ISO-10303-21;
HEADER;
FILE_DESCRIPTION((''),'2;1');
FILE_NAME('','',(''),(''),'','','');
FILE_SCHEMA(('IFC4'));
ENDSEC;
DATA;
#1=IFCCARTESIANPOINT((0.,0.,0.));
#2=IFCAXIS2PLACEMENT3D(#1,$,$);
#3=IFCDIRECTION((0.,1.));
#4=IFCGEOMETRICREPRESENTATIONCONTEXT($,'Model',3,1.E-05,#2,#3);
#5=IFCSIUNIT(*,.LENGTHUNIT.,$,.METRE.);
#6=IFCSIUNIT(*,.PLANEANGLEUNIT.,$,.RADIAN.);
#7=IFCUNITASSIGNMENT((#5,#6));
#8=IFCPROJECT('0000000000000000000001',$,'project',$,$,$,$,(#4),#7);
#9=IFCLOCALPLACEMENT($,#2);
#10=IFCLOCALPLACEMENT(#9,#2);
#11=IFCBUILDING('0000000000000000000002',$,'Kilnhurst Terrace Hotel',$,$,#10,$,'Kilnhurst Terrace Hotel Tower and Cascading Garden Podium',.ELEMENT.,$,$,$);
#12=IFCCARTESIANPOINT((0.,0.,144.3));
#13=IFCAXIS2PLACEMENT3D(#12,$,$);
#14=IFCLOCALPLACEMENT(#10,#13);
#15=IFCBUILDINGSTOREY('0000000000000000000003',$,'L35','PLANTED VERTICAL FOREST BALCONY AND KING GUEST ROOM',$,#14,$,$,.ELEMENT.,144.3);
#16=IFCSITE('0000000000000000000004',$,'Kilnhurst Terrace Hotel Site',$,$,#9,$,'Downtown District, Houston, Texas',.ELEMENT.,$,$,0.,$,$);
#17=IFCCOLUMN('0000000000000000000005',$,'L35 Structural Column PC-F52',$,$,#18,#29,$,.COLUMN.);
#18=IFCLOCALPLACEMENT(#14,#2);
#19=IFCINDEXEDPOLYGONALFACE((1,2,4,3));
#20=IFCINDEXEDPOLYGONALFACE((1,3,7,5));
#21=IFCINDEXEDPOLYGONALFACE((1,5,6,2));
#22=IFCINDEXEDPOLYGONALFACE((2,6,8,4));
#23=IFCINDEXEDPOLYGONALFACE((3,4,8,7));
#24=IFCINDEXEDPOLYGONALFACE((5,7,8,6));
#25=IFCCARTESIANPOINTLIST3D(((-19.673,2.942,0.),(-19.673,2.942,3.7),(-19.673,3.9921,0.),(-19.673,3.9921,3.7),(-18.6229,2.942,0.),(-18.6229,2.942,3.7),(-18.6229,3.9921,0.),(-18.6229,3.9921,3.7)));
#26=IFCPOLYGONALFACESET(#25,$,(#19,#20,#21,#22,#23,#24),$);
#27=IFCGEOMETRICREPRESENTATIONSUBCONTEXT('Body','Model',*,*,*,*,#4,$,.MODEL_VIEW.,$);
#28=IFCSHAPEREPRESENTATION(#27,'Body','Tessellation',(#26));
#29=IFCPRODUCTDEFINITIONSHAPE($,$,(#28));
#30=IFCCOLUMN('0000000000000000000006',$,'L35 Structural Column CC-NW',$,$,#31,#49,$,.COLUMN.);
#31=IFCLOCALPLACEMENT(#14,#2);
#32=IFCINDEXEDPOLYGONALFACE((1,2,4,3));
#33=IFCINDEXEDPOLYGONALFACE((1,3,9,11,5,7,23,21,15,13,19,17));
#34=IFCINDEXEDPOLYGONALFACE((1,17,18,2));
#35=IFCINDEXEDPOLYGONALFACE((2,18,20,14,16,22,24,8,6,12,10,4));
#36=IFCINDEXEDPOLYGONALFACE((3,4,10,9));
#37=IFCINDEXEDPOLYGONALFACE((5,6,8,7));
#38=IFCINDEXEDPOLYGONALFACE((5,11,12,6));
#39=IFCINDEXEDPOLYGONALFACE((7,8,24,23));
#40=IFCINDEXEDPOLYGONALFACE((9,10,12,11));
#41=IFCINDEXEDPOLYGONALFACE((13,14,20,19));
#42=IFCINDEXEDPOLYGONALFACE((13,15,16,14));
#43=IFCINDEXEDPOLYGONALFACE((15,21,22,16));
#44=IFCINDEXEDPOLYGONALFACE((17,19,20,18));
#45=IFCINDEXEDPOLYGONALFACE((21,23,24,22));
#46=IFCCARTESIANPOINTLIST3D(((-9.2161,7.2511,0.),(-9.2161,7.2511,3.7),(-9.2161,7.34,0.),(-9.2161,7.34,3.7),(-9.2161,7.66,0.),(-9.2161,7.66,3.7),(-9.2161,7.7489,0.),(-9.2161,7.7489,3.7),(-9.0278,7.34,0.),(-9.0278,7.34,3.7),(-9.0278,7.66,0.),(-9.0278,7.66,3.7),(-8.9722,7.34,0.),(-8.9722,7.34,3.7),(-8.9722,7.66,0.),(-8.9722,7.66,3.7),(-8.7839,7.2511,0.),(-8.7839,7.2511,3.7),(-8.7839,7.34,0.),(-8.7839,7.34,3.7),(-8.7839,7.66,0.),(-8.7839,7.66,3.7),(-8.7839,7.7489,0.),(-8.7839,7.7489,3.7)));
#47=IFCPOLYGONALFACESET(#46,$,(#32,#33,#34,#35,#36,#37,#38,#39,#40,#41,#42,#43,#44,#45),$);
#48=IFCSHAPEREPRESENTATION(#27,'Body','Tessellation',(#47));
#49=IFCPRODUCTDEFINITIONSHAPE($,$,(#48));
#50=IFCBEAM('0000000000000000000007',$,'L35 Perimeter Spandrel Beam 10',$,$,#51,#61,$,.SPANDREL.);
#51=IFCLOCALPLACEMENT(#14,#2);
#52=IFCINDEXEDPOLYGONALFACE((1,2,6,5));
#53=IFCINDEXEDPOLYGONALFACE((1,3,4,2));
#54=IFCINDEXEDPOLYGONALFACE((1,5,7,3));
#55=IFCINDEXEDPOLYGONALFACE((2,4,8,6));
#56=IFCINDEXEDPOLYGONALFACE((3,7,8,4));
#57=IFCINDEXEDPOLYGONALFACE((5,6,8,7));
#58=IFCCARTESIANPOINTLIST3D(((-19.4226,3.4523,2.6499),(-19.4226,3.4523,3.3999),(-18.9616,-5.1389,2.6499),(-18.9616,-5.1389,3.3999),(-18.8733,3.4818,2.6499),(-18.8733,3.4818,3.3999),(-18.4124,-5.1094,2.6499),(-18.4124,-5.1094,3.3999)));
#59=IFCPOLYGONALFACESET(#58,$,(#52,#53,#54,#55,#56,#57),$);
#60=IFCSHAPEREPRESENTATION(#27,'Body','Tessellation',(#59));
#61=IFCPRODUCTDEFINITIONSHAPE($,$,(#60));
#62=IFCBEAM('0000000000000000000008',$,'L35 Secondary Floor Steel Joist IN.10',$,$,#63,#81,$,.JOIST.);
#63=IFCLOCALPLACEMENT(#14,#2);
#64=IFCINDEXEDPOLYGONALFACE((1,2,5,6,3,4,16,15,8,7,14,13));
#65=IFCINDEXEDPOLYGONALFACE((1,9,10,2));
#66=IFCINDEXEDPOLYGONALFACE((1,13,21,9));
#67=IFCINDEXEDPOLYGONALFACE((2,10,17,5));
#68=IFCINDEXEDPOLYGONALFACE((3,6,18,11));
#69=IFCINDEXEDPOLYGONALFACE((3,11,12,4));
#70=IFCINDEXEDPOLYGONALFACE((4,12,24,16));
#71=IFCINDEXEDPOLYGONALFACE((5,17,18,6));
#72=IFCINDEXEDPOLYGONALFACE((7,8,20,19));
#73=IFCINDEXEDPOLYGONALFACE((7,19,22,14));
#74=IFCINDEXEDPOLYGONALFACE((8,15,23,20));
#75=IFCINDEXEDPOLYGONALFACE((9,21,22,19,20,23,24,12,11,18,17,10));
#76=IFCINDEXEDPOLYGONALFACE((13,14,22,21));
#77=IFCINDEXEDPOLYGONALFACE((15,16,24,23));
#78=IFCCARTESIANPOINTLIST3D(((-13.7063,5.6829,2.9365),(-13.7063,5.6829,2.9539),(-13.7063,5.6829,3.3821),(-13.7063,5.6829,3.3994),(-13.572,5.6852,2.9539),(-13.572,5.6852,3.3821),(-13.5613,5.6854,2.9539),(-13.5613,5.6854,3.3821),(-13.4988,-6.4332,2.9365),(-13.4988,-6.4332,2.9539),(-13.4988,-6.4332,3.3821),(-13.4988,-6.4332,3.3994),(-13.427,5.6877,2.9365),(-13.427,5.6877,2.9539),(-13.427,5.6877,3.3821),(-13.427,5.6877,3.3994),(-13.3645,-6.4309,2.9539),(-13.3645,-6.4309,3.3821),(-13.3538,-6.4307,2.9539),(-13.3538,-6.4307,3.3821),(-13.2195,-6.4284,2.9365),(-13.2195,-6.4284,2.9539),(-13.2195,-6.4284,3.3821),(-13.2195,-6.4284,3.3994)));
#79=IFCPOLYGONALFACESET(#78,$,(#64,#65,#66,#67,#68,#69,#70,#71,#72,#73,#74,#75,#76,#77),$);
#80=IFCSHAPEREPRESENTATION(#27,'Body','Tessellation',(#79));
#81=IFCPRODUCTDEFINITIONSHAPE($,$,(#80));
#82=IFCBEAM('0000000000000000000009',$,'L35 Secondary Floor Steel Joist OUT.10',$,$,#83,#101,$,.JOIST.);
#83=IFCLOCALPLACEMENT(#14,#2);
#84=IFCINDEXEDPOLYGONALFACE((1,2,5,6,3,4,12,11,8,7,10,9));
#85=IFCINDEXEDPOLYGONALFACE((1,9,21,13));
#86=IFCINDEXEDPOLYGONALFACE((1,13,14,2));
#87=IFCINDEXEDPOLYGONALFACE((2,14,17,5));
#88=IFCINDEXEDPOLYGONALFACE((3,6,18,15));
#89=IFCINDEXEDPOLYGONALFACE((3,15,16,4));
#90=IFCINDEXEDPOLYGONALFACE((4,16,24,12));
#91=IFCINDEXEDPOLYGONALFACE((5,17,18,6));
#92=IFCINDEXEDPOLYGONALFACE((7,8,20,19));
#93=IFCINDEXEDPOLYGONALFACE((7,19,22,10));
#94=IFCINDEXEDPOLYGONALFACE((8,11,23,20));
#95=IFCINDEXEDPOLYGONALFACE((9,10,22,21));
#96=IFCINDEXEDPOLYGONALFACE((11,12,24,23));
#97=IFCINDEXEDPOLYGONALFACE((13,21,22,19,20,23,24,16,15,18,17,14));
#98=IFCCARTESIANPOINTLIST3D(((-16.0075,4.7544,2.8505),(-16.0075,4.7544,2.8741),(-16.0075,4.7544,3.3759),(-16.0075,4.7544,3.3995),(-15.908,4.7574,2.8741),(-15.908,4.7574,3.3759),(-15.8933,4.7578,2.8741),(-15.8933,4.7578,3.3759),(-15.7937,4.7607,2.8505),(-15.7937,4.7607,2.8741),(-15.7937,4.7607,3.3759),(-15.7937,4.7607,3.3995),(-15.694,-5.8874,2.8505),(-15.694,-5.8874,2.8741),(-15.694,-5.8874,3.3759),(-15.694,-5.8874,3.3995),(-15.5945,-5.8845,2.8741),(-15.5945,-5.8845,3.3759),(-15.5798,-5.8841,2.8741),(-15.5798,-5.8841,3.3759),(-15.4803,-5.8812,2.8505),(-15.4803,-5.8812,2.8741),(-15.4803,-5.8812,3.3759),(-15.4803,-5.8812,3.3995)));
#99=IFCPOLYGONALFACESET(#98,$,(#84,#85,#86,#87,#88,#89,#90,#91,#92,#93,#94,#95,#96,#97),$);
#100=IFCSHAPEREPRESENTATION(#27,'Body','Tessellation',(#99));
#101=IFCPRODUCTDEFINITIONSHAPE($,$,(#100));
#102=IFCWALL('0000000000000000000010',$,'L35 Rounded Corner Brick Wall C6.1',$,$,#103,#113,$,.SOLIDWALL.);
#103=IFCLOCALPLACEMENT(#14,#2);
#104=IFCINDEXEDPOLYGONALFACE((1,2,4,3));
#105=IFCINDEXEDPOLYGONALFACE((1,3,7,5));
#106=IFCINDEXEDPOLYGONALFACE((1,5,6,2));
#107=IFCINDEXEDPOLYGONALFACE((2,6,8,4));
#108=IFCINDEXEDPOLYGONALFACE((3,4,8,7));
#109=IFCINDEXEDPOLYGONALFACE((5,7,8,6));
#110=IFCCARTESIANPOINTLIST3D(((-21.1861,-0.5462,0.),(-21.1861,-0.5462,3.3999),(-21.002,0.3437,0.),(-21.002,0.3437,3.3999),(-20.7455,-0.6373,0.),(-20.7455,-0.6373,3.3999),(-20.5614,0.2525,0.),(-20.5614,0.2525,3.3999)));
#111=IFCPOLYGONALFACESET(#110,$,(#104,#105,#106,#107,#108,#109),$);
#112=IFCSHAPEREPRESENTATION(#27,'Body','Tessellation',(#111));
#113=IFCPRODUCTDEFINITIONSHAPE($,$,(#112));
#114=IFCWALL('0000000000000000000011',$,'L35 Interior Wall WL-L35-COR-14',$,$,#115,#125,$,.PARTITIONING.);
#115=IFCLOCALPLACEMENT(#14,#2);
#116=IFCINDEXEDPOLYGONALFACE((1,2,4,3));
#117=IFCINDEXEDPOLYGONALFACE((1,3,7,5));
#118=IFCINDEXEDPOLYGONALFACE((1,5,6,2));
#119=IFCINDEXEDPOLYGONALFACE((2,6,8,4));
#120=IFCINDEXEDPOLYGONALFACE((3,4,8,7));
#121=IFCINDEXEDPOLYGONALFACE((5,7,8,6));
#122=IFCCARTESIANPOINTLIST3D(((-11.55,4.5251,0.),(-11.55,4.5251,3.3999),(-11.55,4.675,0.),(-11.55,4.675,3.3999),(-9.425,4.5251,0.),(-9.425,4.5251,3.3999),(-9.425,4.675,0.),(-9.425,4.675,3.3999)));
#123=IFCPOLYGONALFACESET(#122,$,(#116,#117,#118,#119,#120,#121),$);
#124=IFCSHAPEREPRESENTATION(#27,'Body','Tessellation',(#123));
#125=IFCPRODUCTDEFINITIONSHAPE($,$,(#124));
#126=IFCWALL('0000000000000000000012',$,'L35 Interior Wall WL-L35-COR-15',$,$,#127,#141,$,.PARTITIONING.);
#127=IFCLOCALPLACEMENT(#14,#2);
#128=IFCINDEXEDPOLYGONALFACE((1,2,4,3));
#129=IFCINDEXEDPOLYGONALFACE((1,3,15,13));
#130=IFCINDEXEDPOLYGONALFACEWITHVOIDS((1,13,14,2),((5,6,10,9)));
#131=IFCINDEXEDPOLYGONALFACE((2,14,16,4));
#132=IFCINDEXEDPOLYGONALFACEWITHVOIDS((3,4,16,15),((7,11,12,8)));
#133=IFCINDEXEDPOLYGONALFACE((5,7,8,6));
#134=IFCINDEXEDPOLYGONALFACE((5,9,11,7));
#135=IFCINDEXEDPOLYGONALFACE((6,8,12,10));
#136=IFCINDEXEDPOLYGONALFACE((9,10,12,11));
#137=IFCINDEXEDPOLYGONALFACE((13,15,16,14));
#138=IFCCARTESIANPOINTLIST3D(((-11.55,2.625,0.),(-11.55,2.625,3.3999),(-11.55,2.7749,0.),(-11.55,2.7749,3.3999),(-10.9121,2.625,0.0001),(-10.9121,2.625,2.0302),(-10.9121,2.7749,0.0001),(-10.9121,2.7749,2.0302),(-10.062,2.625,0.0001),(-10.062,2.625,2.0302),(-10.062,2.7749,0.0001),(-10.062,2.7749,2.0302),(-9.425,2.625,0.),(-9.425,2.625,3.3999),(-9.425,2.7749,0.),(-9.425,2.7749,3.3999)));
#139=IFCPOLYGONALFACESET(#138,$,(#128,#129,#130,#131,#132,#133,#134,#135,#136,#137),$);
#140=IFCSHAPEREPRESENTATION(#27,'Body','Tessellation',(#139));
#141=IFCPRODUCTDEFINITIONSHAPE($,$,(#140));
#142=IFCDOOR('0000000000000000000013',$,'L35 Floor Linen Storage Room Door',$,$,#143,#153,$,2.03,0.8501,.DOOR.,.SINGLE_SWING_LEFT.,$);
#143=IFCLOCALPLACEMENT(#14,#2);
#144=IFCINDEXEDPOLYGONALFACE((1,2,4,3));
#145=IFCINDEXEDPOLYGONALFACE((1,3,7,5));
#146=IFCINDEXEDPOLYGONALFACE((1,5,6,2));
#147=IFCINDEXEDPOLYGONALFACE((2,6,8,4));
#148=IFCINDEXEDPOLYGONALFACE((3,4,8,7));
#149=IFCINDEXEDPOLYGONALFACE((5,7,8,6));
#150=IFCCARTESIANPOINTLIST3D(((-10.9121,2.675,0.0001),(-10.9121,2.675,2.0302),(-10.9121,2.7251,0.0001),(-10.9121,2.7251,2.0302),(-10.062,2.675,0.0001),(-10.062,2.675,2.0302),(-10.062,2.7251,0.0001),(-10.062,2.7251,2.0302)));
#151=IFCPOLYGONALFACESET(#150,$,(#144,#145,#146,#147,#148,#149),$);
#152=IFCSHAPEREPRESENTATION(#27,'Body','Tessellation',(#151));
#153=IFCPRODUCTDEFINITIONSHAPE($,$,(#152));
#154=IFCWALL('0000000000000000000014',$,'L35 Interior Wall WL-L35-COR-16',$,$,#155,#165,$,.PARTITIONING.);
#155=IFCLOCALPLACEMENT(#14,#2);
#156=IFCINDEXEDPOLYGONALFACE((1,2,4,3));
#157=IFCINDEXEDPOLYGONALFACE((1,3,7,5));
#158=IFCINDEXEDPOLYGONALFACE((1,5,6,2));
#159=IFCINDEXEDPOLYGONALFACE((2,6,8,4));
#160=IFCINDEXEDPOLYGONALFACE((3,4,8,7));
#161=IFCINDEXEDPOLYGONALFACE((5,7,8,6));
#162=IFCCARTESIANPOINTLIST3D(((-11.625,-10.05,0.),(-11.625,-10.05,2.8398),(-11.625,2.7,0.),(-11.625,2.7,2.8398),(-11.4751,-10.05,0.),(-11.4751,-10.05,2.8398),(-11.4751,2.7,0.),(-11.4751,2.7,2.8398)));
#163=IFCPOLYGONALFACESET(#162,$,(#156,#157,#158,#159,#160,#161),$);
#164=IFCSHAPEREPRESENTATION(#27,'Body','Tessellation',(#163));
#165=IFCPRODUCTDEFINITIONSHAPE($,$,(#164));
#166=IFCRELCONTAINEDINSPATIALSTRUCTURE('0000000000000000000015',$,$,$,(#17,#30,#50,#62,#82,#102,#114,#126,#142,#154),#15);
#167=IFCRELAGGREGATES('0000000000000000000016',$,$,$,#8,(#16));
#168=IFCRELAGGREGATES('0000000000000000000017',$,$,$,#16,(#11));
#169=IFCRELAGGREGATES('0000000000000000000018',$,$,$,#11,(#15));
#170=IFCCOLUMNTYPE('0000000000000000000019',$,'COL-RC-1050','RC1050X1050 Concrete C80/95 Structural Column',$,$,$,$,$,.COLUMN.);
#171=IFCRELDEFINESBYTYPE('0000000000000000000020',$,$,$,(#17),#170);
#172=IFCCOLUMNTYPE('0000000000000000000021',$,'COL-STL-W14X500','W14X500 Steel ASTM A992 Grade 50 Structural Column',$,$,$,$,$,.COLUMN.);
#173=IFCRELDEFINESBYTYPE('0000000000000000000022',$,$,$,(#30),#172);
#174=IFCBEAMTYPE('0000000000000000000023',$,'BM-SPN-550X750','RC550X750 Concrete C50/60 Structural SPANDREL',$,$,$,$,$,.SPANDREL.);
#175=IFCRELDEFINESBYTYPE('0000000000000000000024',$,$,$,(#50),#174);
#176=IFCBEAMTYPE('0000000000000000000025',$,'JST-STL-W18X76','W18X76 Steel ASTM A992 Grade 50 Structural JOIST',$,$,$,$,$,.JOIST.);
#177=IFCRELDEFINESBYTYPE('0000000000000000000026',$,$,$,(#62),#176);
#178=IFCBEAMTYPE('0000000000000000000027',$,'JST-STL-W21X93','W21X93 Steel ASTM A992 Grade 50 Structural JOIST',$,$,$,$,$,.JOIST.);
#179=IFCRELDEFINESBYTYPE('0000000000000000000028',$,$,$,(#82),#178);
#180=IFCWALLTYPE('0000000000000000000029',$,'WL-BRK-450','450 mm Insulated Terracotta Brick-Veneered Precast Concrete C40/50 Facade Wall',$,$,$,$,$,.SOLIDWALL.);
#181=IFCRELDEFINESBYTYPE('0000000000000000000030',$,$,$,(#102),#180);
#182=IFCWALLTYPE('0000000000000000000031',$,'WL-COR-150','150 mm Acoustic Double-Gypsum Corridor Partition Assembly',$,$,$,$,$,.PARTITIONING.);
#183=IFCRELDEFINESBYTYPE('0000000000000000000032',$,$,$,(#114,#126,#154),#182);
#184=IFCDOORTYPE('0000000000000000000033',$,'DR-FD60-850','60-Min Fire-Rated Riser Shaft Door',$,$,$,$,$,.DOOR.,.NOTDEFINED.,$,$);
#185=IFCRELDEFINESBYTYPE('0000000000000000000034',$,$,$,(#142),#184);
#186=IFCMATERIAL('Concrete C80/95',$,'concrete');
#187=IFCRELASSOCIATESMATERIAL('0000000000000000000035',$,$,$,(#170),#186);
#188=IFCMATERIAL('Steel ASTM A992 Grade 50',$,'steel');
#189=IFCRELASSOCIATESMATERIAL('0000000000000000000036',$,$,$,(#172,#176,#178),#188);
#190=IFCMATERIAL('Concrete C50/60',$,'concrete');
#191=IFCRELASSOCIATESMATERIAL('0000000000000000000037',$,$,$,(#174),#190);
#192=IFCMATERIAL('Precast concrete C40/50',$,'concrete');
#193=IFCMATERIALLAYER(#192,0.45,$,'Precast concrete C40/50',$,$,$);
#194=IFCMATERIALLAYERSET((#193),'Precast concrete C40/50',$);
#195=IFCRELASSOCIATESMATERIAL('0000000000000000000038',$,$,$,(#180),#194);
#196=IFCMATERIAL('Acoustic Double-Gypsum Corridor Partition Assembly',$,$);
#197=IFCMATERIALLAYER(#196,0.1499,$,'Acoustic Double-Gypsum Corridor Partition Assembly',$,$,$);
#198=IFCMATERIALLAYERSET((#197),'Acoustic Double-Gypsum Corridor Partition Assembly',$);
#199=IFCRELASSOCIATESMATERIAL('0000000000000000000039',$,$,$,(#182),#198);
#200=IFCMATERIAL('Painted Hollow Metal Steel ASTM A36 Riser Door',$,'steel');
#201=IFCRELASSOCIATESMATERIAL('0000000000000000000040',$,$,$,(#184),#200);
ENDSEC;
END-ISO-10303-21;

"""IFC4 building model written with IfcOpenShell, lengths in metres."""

from ifc_helpers import new_model, si_unit, direction, frame, frame_2d, origin, origin_2d, place, context, subcontext, project, spatial, rectangle, i_section, extrude, material, layer, layer_set, material_profile, profile_set, type_object, element, fill, save


model = new_model("IFC4")

# Units and contexts
model_context = context("Model", 3, precision=1e-05, world=origin(), true_north=direction((0.0, 1.0)))
body_context = subcontext(model_context, "Body", "Model", "MODEL_VIEW")
ifc_project = project(units=[si_unit("LENGTHUNIT", "METRE"), si_unit("PLANEANGLEUNIT", "RADIAN")], contexts=[model_context])

# Site, building, storey
site_placement = place(None, origin())
site = spatial("IfcSite", under=ifc_project, at=site_placement, Name="Kilnhurst Terrace Hotel Site", LongName="Downtown District, Houston, Texas", CompositionType="ELEMENT", RefElevation=0.0)
building_placement = place(site_placement, origin())
building = spatial("IfcBuilding", under=site, at=building_placement, Name="Kilnhurst Terrace Hotel", LongName="Kilnhurst Terrace Hotel Tower and Cascading Garden Podium", CompositionType="ELEMENT")
storey_placement = place(building_placement, frame((0.0, 0.0, 144.3)))
storey = spatial("IfcBuildingStorey", under=building, at=storey_placement, Name="L35", Description="PLANTED VERTICAL FOREST BALCONY AND KING GUEST ROOM", CompositionType="ELEMENT", Elevation=144.3)

# Columns
ifc_material_1 = material(Name="Concrete C80/95", Category="concrete")
ifc_material_profile_1 = material_profile(ifc_material_1, rectangle(XDim=1.05, YDim=1.05, at=origin_2d()), Name="RC1050X1050")
ifc_profile_set_1 = profile_set([ifc_material_profile_1], Name="Concrete C80/95")
column_type_1 = type_object("IfcColumnType", Name="COL-RC-1050", Description="RC1050X1050 Concrete C80/95 Structural Column", PredefinedType="COLUMN", material=ifc_profile_set_1)
column_1_placement = place(storey_placement, frame((-19.1479, 3.467, 0.0), z_axis=(0.0, 0.0, 1.0), x_axis=(1.0, 0.0, 0.0)))
element("IfcColumn", 1, at=column_1_placement, inside=storey, type_object=column_type_1, Name="L35 Structural Column PC-F52", PredefinedType="COLUMN", context=body_context, shape_type="SweptSolid", body=[
    extrude(rectangle(XDim=1.05, YDim=1.05, at=origin_2d()), origin(), (0.0, 0.0, 1.0), 3.7),
])
ifc_material_2 = material(Name="Steel ASTM A992 Grade 50", Category="steel")
ifc_material_profile_2 = material_profile(ifc_material_2, i_section(OverallWidth=0.4321, OverallDepth=0.4978, WebThickness=0.0557, FlangeThickness=0.0889, at=origin_2d()), Name="W14X500")
ifc_profile_set_2 = profile_set([ifc_material_profile_2], Name="Steel ASTM A992 Grade 50")
column_type_2 = type_object("IfcColumnType", Name="COL-STL-W14X500", Description="W14X500 Steel ASTM A992 Grade 50 Structural Column", PredefinedType="COLUMN", material=ifc_profile_set_2)
column_2_placement = place(storey_placement, frame((-9.0, 7.5, 0.0), z_axis=(0.0, 0.0, 1.0), x_axis=(1.0, 0.0, 0.0)))
element("IfcColumn", 2, at=column_2_placement, inside=storey, type_object=column_type_2, Name="L35 Structural Column CC-NW", PredefinedType="COLUMN", context=body_context, shape_type="SweptSolid", body=[
    extrude(i_section(OverallWidth=0.4321, OverallDepth=0.4978, WebThickness=0.0557, FlangeThickness=0.0889, at=origin_2d()), origin(), (0.0, 0.0, 1.0), 3.7),
])

# Beams
ifc_material_3 = material(Name="Concrete C50/60", Category="concrete")
ifc_material_profile_3 = material_profile(ifc_material_3, rectangle(XDim=0.55, YDim=0.75, at=origin_2d()), Name="RC550X750")
ifc_profile_set_3 = profile_set([ifc_material_profile_3], Name="Concrete C50/60")
beam_type_1 = type_object("IfcBeamType", Name="BM-SPN-550X750", Description="RC550X750 Concrete C50/60 Structural SPANDREL", PredefinedType="SPANDREL", material=ifc_profile_set_3)
beam_1_placement = place(storey_placement, frame((-19.1479, 3.467, 3.0249), z_axis=(0.053576, -0.998564, 0.0), x_axis=(0.998564, 0.053576, 0.0)))
element("IfcBeam", 3, at=beam_1_placement, inside=storey, type_object=beam_type_1, Name="L35 Perimeter Spandrel Beam 10", PredefinedType="SPANDREL", context=body_context, shape_type="SweptSolid", body=[
    extrude(rectangle(XDim=0.55, YDim=0.75, at=origin_2d()), origin(), (0.0, 0.0, 1.0), 8.6035),
])
ifc_material_profile_4 = material_profile(ifc_material_2, i_section(OverallWidth=0.2793, OverallDepth=0.4629, WebThickness=0.0107, FlangeThickness=0.0173, at=origin_2d()), Name="W18X76")
ifc_profile_set_4 = profile_set([ifc_material_profile_4], Name="Steel ASTM A992 Grade 50")
beam_type_2 = type_object("IfcBeamType", Name="JST-STL-W18X76", Description="W18X76 Steel ASTM A992 Grade 50 Structural JOIST", PredefinedType="JOIST", material=ifc_profile_set_4)
beam_2_placement = place(storey_placement, frame((-13.5667, 5.6853, 3.168), z_axis=(0.017125, -0.999853, 0.0), x_axis=(0.999853, 0.017125, 0.0)))
element("IfcBeam", 4, at=beam_2_placement, inside=storey, type_object=beam_type_2, Name="L35 Secondary Floor Steel Joist IN.10", PredefinedType="JOIST", context=body_context, shape_type="SweptSolid", body=[
    extrude(i_section(OverallWidth=0.2793, OverallDepth=0.4629, WebThickness=0.0107, FlangeThickness=0.0173, at=origin_2d()), origin(), (0.0, 0.0, 1.0), 12.1179),
])
ifc_material_profile_5 = material_profile(ifc_material_2, i_section(OverallWidth=0.2139, OverallDepth=0.5491, WebThickness=0.0146, FlangeThickness=0.0237, at=origin_2d()), Name="W21X93")
ifc_profile_set_5 = profile_set([ifc_material_profile_5], Name="Steel ASTM A992 Grade 50")
beam_type_3 = type_object("IfcBeamType", Name="JST-STL-W21X93", Description="W21X93 Steel ASTM A992 Grade 50 Structural JOIST", PredefinedType="JOIST", material=ifc_profile_set_5)
beam_3_placement = place(storey_placement, frame((-15.9006, 4.7576, 3.125), z_axis=(0.029444, -0.999566, 0.0), x_axis=(0.999566, 0.029444, 0.0)))
element("IfcBeam", 5, at=beam_3_placement, inside=storey, type_object=beam_type_3, Name="L35 Secondary Floor Steel Joist OUT.10", PredefinedType="JOIST", context=body_context, shape_type="SweptSolid", body=[
    extrude(i_section(OverallWidth=0.2139, OverallDepth=0.5491, WebThickness=0.0146, FlangeThickness=0.0237, at=origin_2d()), origin(), (0.0, 0.0, 1.0), 10.6465),
])

# Walls
ifc_material_4 = material(Name="Precast concrete C40/50", Category="concrete")
ifc_layer_1 = layer(ifc_material_4, 0.45, Name="Precast concrete C40/50")
ifc_layer_set_1 = layer_set([ifc_layer_1], Name="Precast concrete C40/50")
wall_type_1 = type_object("IfcWallType", Name="WL-BRK-450", Description="450 mm Insulated Terracotta Brick-Veneered Precast Concrete C40/50 Facade Wall", PredefinedType="SOLIDWALL", material=ifc_layer_set_1)
wall_1_placement = place(storey_placement, frame((-20.7817, 0.2981, 0.0), z_axis=(0.0, 0.0, 1.0), x_axis=(-0.20257, -0.979268, 0.0)))
element("IfcWall", 6, at=wall_1_placement, inside=storey, type_object=wall_type_1, Name="L35 Rounded Corner Brick Wall C6.1", PredefinedType="SOLIDWALL", context=body_context, shape_type="SweptSolid", body=[
    extrude(rectangle(XDim=0.9087, YDim=0.45, at=frame_2d((0.4543, 0.0))), origin(), (0.0, 0.0, 1.0), 3.3999),
])
ifc_material_5 = material(Name="Acoustic Double-Gypsum Corridor Partition Assembly")
ifc_layer_2 = layer(ifc_material_5, 0.1499, Name="Acoustic Double-Gypsum Corridor Partition Assembly")
ifc_layer_set_2 = layer_set([ifc_layer_2], Name="Acoustic Double-Gypsum Corridor Partition Assembly")
wall_type_2 = type_object("IfcWallType", Name="WL-COR-150", Description="150 mm Acoustic Double-Gypsum Corridor Partition Assembly", PredefinedType="PARTITIONING", material=ifc_layer_set_2)
wall_2_placement = place(storey_placement, frame((-11.55, 4.6001, 0.0), z_axis=(0.0, 0.0, 1.0), x_axis=(1.0, 0.0, 0.0)))
element("IfcWall", 7, at=wall_2_placement, inside=storey, type_object=wall_type_2, Name="L35 Interior Wall WL-L35-COR-14", PredefinedType="PARTITIONING", context=body_context, shape_type="SweptSolid", body=[
    extrude(rectangle(XDim=2.125, YDim=0.1499, at=frame_2d((1.0625, 0.0))), origin(), (0.0, 0.0, 1.0), 3.3999),
])

# Wall, opening, door
wall_3_placement = place(storey_placement, frame((-9.425, 2.7, 0.0), z_axis=(0.0, 0.0, 1.0), x_axis=(-1.0, 0.0, 0.0)))
wall_3 = element("IfcWall", 8, at=wall_3_placement, inside=storey, type_object=wall_type_2, Name="L35 Interior Wall WL-L35-COR-15", PredefinedType="PARTITIONING", context=body_context, shape_type="SweptSolid", body=[
    extrude(rectangle(XDim=2.125, YDim=0.1499, at=frame_2d((1.0625, 0.0))), origin(), (0.0, 0.0, 1.0), 3.3999),
])
opening_1_placement = place(wall_3_placement, frame((0.637, 0.0, 0.0)))
opening_1 = element("IfcOpeningElement", 9, at=opening_1_placement, cuts=wall_3, PredefinedType="OPENING", context=body_context, shape_type="SweptSolid", body=[
    extrude(rectangle(XDim=0.8501, YDim=2.03, at=frame_2d((0.425, 1.0151))), frame((0.0, 0.085, 0.0), z_axis=(0.0, -1.0, 0.0), x_axis=(1.0, 0.0, 0.0)), (0.0, 0.0, 1.0), 0.1699),
])
ifc_material_6 = material(Name="Painted Hollow Metal Steel ASTM A36 Riser Door", Category="steel")
door_type_1 = type_object("IfcDoorType", Name="DR-FD60-850", Description="60-Min Fire-Rated Riser Shaft Door", OperationType="NOTDEFINED", PredefinedType="DOOR", material=ifc_material_6)
door_1_placement = place(opening_1_placement, origin())
door_1 = element("IfcDoor", 10, at=door_1_placement, inside=storey, type_object=door_type_1, Name="L35 Floor Linen Storage Room Door", OperationType="SINGLE_SWING_LEFT", OverallHeight=2.03, OverallWidth=0.8501, PredefinedType="DOOR", context=body_context, shape_type="SweptSolid", body=[
    extrude(rectangle(XDim=0.8501, YDim=2.03, at=frame_2d((0.425, 1.0151))), frame((0.0, 0.0249, 0.0), z_axis=(0.0, -1.0, 0.0), x_axis=(1.0, 0.0, 0.0)), (0.0, 0.0, 1.0), 0.05),
])
fill(opening_1, door_1)

# Wall
wall_4_placement = place(storey_placement, frame((-11.55, 2.7, 0.0), z_axis=(0.0, 0.0, 1.0), x_axis=(0.0, -1.0, 0.0)))
element("IfcWall", 11, at=wall_4_placement, inside=storey, type_object=wall_type_2, Name="L35 Interior Wall WL-L35-COR-16", PredefinedType="PARTITIONING", context=body_context, shape_type="SweptSolid", body=[
    extrude(rectangle(XDim=12.75, YDim=0.1499, at=frame_2d((6.375, 0.0))), origin(), (0.0, 0.0, 1.0), 2.8398),
])

save(model, "model.ifc")
